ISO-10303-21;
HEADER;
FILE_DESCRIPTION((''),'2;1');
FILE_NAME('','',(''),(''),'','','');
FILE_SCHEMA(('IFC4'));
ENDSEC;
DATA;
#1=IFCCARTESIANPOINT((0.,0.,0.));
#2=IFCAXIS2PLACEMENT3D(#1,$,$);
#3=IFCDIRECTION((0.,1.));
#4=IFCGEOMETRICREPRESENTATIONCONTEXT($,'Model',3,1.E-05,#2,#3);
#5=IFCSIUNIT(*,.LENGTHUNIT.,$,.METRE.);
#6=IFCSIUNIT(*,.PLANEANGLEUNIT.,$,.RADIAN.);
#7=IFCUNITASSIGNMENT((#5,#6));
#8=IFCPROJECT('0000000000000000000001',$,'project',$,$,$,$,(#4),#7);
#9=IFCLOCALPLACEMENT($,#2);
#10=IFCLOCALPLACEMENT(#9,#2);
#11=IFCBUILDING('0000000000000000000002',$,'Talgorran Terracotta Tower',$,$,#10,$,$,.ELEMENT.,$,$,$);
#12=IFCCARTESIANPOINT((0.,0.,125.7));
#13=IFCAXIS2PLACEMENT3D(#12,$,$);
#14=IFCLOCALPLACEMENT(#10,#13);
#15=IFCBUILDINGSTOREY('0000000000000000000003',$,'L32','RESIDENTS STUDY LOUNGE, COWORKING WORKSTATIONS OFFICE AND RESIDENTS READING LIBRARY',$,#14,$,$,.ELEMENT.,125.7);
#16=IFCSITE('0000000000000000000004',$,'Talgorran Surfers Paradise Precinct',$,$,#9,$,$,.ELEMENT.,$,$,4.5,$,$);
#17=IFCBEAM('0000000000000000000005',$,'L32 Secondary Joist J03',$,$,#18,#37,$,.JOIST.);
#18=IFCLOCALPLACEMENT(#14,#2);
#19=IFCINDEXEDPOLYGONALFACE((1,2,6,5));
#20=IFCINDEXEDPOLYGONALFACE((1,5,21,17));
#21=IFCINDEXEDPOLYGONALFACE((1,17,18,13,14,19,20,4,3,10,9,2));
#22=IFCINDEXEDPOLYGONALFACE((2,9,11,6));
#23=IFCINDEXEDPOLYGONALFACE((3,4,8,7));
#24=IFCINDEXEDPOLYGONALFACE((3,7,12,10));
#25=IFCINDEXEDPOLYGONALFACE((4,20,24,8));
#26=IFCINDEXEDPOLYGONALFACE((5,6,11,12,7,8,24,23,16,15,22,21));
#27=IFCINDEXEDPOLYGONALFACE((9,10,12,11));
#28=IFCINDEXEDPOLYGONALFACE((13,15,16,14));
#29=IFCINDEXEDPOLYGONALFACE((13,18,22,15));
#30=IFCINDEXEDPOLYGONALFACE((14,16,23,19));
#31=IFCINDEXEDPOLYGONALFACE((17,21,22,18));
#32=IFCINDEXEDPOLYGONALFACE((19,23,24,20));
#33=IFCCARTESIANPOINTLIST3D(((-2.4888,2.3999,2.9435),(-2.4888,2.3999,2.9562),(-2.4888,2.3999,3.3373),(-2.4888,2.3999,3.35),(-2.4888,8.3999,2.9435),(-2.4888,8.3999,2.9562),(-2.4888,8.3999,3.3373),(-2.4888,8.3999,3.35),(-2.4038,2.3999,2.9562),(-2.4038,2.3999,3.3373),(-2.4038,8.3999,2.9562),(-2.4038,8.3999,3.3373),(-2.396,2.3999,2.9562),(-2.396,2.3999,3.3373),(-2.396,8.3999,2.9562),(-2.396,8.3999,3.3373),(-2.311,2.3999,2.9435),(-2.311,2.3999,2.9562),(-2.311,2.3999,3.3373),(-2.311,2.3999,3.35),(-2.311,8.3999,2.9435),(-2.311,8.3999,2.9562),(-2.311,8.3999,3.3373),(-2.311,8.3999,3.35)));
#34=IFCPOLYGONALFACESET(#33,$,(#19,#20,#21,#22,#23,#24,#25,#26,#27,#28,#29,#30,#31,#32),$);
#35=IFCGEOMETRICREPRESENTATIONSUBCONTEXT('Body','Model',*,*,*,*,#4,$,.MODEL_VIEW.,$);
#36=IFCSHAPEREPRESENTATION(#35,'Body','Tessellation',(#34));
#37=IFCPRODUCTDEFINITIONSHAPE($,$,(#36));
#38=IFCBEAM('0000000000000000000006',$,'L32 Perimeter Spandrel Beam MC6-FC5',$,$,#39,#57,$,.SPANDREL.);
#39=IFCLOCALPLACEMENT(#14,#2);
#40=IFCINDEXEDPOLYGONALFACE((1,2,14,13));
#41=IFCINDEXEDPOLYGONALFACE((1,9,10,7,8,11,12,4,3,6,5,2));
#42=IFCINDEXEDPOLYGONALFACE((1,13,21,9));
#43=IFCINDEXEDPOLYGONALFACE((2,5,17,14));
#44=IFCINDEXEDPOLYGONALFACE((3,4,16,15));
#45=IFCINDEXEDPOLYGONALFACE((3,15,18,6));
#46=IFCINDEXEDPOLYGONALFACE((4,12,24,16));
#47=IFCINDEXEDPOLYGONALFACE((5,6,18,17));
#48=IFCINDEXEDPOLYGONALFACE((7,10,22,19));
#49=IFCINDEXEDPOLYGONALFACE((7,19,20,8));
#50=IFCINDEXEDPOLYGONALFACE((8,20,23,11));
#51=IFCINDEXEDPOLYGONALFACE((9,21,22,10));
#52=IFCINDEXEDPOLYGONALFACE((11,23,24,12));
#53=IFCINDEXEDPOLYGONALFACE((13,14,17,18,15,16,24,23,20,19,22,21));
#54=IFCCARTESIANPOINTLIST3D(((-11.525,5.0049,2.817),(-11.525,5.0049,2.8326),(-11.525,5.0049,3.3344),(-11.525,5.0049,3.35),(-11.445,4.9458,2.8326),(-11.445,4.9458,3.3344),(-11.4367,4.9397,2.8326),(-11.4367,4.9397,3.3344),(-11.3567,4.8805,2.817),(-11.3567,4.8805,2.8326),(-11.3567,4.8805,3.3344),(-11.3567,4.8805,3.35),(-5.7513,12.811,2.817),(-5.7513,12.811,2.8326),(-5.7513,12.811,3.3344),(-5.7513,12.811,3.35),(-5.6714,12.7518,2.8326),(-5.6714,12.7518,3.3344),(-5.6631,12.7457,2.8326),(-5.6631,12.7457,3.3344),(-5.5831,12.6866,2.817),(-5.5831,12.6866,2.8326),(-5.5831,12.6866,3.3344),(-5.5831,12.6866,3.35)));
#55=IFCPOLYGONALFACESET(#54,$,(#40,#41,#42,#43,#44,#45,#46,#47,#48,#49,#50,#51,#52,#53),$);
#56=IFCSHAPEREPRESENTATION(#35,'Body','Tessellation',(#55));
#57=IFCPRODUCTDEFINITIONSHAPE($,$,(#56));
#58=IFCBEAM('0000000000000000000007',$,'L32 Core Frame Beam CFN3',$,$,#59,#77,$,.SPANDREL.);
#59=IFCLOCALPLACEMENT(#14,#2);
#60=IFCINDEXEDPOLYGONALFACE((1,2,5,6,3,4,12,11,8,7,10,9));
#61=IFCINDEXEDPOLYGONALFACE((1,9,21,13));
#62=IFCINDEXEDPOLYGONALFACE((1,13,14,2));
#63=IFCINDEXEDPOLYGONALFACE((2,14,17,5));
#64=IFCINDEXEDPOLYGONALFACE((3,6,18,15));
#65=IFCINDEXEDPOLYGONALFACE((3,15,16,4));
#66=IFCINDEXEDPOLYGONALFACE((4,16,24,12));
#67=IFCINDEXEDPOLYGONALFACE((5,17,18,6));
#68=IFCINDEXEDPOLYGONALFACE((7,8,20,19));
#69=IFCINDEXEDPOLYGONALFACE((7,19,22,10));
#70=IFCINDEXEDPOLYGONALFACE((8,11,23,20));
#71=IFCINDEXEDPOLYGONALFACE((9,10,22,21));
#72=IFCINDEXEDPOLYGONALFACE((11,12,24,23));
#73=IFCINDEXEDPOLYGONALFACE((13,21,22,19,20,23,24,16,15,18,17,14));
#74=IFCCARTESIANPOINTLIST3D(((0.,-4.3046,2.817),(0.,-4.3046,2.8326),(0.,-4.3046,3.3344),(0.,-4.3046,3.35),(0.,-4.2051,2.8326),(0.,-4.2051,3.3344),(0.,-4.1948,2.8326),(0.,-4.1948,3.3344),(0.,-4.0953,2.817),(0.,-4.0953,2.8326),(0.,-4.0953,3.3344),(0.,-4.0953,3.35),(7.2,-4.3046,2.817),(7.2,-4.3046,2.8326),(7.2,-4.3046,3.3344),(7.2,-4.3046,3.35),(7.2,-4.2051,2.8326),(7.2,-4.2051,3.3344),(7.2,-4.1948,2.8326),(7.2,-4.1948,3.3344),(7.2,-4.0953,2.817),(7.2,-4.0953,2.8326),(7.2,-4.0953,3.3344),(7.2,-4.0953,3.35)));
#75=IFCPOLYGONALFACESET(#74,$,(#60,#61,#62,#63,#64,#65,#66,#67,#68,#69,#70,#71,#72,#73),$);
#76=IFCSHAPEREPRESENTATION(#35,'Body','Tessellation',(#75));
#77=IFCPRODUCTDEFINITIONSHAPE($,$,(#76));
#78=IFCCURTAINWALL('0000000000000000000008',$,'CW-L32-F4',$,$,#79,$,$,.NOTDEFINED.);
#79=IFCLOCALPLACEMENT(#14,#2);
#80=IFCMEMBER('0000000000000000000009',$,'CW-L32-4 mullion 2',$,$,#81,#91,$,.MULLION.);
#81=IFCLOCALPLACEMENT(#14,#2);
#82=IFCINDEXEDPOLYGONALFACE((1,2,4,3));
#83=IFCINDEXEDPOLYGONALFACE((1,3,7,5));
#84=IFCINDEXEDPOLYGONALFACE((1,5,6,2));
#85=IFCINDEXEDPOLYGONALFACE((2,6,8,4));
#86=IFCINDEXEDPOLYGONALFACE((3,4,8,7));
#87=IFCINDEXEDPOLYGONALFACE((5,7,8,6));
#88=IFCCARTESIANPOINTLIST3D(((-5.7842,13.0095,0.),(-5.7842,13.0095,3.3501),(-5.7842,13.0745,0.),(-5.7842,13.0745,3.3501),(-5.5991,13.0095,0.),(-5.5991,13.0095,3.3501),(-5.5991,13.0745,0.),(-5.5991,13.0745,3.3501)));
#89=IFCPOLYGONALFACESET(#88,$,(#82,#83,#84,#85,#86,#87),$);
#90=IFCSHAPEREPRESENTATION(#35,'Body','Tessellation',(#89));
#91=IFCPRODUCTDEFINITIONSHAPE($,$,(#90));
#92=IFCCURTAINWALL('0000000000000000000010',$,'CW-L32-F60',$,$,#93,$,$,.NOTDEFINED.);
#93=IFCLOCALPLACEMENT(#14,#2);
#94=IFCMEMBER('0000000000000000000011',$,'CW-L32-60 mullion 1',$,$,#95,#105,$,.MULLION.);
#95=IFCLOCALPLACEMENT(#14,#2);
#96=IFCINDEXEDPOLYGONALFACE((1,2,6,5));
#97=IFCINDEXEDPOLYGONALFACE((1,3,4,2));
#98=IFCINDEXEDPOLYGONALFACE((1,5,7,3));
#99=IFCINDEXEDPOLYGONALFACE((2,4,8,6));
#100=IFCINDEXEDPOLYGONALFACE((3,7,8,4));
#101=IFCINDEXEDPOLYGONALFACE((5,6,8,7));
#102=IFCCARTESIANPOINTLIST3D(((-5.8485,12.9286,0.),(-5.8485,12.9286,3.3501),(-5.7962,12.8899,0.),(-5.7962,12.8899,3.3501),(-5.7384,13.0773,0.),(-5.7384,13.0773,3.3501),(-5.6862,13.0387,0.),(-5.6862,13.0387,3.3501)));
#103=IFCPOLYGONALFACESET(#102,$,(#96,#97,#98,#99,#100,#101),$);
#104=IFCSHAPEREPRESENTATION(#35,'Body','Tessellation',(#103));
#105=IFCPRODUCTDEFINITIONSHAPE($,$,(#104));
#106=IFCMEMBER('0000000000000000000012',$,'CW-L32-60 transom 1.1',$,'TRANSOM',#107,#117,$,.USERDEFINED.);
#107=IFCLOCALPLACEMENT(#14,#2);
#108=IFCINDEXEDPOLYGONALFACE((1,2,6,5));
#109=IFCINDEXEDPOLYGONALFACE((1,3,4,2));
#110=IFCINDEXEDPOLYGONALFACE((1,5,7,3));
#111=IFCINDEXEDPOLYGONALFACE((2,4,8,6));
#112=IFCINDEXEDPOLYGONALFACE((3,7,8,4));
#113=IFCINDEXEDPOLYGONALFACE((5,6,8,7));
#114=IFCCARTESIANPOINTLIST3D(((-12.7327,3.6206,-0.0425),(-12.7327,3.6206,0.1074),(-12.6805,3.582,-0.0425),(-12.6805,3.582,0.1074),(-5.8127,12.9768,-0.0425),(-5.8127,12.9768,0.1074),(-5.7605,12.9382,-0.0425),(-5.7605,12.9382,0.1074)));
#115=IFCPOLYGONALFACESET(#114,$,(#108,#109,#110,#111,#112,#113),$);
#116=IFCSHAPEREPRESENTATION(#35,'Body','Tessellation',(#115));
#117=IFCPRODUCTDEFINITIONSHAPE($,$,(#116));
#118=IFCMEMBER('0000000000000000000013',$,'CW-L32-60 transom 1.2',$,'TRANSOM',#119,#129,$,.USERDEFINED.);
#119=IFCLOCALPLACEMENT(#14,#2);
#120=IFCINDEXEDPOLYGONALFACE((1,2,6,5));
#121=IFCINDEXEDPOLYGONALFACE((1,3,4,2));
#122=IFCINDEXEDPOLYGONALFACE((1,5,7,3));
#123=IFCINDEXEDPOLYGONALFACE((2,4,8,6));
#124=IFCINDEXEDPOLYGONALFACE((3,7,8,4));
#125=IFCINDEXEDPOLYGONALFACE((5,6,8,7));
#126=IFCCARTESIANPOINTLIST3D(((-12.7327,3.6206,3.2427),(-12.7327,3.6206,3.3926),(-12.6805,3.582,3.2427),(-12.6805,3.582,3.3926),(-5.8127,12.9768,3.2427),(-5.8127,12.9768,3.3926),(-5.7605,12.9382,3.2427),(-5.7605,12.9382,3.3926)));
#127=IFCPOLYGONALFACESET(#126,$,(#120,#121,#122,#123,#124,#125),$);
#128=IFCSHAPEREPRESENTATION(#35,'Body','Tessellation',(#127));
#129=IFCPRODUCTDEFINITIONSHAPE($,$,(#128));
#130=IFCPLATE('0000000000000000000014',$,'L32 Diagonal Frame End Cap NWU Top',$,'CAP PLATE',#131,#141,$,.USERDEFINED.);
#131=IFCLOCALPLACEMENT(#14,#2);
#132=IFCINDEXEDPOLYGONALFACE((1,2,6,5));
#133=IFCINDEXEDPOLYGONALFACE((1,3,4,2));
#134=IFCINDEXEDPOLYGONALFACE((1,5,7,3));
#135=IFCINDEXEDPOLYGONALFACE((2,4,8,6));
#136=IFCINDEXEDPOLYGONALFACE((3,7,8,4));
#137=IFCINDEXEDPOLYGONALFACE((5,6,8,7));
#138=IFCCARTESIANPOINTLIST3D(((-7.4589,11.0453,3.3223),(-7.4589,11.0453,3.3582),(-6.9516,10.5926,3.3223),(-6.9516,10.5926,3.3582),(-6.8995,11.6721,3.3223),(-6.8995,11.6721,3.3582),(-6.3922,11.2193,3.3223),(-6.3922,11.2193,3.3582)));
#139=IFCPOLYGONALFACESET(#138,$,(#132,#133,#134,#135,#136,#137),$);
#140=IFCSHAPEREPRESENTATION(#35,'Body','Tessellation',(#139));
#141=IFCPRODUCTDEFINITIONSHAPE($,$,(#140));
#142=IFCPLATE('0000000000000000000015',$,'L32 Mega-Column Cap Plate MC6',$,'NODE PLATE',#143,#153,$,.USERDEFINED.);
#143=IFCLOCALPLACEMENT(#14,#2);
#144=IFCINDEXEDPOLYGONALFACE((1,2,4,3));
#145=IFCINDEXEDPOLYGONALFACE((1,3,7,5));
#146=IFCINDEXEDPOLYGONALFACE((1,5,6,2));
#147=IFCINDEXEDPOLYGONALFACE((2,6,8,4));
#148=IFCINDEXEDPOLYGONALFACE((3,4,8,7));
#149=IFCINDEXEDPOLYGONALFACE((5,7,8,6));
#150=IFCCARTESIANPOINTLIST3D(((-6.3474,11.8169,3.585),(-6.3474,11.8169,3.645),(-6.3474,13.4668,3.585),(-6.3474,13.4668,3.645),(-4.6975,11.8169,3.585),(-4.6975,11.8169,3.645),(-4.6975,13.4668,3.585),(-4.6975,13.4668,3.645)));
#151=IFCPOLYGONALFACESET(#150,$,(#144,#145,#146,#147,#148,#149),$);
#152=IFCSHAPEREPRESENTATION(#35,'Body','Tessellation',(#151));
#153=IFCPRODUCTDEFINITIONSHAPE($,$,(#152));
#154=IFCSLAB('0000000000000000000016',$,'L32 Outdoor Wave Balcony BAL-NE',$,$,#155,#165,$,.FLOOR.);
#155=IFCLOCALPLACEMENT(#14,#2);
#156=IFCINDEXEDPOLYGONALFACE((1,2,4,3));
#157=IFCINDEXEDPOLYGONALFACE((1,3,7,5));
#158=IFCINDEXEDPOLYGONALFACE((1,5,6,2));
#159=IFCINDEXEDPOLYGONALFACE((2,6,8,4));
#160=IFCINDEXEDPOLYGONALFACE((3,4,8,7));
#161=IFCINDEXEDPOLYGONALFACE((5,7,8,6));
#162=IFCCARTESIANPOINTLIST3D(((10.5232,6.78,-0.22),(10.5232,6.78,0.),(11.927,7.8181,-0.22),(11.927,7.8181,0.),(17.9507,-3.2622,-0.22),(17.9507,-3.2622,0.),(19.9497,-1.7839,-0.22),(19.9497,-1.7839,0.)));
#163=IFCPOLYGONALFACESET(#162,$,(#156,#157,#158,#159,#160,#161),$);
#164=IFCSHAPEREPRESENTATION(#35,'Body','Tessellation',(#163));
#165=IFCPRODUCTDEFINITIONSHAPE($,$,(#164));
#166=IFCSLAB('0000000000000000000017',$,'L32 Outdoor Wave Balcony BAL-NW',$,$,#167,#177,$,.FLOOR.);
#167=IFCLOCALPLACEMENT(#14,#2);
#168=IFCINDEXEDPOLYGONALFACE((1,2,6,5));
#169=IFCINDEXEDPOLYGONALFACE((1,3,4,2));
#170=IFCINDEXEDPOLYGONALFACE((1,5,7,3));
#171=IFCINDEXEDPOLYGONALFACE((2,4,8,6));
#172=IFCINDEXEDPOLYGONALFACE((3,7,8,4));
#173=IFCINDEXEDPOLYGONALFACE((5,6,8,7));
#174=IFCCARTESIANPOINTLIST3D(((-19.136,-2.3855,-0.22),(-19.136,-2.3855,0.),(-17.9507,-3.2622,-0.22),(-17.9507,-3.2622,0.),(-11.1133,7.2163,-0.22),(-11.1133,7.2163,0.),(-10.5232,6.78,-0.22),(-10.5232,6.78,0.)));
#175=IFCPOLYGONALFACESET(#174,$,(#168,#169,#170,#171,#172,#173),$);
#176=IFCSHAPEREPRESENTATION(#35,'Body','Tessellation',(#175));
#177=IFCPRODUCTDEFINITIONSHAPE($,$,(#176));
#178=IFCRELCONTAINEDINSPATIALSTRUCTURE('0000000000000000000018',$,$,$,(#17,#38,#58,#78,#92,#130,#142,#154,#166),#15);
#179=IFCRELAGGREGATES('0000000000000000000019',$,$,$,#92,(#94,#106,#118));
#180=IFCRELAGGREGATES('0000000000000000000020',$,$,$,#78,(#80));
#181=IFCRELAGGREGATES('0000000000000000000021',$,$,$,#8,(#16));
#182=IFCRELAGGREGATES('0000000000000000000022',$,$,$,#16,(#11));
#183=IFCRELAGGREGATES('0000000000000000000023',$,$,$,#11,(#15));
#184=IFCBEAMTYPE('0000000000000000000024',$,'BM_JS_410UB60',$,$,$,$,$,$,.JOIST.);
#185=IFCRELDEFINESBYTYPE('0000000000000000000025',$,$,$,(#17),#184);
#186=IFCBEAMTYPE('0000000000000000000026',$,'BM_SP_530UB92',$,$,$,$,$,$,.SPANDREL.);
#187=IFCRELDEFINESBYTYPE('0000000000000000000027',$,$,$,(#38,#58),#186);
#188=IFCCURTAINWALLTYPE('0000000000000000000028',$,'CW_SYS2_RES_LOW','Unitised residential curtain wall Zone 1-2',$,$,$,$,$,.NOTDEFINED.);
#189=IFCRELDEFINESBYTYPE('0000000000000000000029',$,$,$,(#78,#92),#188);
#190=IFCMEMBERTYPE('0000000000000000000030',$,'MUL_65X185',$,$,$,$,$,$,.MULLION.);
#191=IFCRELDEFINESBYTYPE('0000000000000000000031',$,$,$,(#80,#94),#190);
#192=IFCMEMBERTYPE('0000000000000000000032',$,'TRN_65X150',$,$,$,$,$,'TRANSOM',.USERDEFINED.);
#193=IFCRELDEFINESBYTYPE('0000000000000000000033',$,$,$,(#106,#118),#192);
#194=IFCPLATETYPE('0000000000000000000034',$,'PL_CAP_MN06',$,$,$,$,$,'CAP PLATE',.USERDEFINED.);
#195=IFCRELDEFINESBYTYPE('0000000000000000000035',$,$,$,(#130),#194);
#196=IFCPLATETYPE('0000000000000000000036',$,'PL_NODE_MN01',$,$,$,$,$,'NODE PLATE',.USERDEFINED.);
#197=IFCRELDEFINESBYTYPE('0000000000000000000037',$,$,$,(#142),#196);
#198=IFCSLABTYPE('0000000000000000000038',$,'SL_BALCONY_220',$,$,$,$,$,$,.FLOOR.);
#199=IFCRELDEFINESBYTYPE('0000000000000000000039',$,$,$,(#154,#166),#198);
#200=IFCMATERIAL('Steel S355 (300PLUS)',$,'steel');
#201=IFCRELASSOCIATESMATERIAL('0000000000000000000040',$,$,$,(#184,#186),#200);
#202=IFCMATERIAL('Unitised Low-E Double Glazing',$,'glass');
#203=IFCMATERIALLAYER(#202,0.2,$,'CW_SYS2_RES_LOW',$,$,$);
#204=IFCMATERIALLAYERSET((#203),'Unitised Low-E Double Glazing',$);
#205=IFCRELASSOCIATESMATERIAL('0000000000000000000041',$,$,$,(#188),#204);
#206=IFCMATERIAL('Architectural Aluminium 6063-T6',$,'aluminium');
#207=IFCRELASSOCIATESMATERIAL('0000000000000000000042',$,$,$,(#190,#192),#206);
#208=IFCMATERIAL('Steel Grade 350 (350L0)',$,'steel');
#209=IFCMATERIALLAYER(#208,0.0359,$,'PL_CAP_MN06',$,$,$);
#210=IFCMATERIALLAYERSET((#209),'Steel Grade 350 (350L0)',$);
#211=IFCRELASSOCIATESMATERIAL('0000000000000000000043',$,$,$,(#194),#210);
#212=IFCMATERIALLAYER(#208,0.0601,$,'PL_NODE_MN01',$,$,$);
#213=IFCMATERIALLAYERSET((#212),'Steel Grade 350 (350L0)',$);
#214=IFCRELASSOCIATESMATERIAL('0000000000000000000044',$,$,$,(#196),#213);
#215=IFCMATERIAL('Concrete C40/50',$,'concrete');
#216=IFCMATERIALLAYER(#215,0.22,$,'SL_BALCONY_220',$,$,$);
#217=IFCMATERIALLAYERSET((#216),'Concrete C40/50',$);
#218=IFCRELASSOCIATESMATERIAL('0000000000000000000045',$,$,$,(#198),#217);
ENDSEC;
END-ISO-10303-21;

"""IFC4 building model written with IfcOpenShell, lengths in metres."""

from ifc_helpers import new_model, si_unit, direction, frame, origin, origin_2d, place, context, subcontext, project, spatial, polyline, rectangle, i_section, outline, extrude, material, layer, layer_set, material_profile, profile_set, type_object, element, aggregate, save


model = new_model("IFC4")

# Units and contexts
model_context = context("Model", 3, precision=1e-05, world=origin(), true_north=direction((0.0, 1.0)))
body_context = subcontext(model_context, "Body", "Model", "MODEL_VIEW")
ifc_project = project(units=[si_unit("LENGTHUNIT", "METRE"), si_unit("PLANEANGLEUNIT", "RADIAN")], contexts=[model_context])

# Site, building, storey
site_placement = place(None, origin())
site = spatial("IfcSite", under=ifc_project, at=site_placement, Name="Talgorran Surfers Paradise Precinct", CompositionType="ELEMENT", RefElevation=4.5)
building_placement = place(site_placement, origin())
building = spatial("IfcBuilding", under=site, at=building_placement, Name="Talgorran Terracotta Tower", CompositionType="ELEMENT")
storey_placement = place(building_placement, frame((0.0, 0.0, 125.7)))
storey = spatial("IfcBuildingStorey", under=building, at=storey_placement, Name="L32", Description="RESIDENTS STUDY LOUNGE, COWORKING WORKSTATIONS OFFICE AND RESIDENTS READING LIBRARY", CompositionType="ELEMENT", Elevation=125.7)

# Shared definitions
ifc_material_1 = material(Name="Steel S355 (300PLUS)", Category="steel")
ifc_material_2 = material(Name="Steel Grade 350 (350L0)", Category="steel")

# Beams
ifc_material_profile_1 = material_profile(ifc_material_1, i_section(OverallWidth=0.1777, OverallDepth=0.4065, WebThickness=0.0078, FlangeThickness=0.0127, at=origin_2d()), Name="410UB59.7")
ifc_profile_set_1 = profile_set([ifc_material_profile_1], Name="Steel S355 (300PLUS)")
beam_type_1 = type_object("IfcBeamType", Name="BM_JS_410UB60", PredefinedType="JOIST", material=ifc_profile_set_1)
beam_1_placement = place(storey_placement, frame((-2.3999, 2.3999, 3.1467), z_axis=(0.0, 1.0, 0.0), x_axis=(-1.0, 0.0, 0.0)))
element("IfcBeam", 1, at=beam_1_placement, inside=storey, type_object=beam_type_1, Name="L32 Secondary Joist J03", PredefinedType="JOIST", context=body_context, shape_type="SweptSolid", body=[
    extrude(i_section(OverallWidth=0.1777, OverallDepth=0.4065, WebThickness=0.0078, FlangeThickness=0.0127, at=origin_2d()), origin(), (0.0, 0.0, 1.0), 6.0),
])
ifc_material_profile_2 = material_profile(ifc_material_1, i_section(OverallWidth=0.2092, OverallDepth=0.533, WebThickness=0.0103, FlangeThickness=0.0156, at=origin_2d()), Name="530UB92.4")
ifc_profile_set_2 = profile_set([ifc_material_profile_2], Name="Steel S355 (300PLUS)")
beam_type_2 = type_object("IfcBeamType", Name="BM_SP_530UB92", PredefinedType="SPANDREL", material=ifc_profile_set_2)
beam_2_placement = place(storey_placement, frame((-5.6672, 12.7488, 3.0835), z_axis=(-0.594652, -0.803983, 0.0), x_axis=(0.803983, -0.594652, 0.0)))
element("IfcBeam", 2, at=beam_2_placement, inside=storey, type_object=beam_type_2, Name="L32 Perimeter Spandrel Beam MC6-FC5", PredefinedType="SPANDREL", context=body_context, shape_type="SweptSolid", body=[
    extrude(i_section(OverallWidth=0.2092, OverallDepth=0.533, WebThickness=0.0103, FlangeThickness=0.0156, at=origin_2d()), origin(), (0.0, 0.0, 1.0), 9.7092),
])
beam_3_placement = place(storey_placement, frame((0.0, -4.2, 3.0835), z_axis=(1.0, 0.0, 0.0), x_axis=(0.0, 1.0, 0.0)))
element("IfcBeam", 3, at=beam_3_placement, inside=storey, type_object=beam_type_2, Name="L32 Core Frame Beam CFN3", PredefinedType="SPANDREL", context=body_context, shape_type="SweptSolid", body=[
    extrude(i_section(OverallWidth=0.2092, OverallDepth=0.533, WebThickness=0.0103, FlangeThickness=0.0156, at=origin_2d()), origin(), (0.0, 0.0, 1.0), 7.2),
])

# Curtain wall, member
ifc_material_3 = material(Name="Unitised Low-E Double Glazing", Category="glass")
ifc_layer_1 = layer(ifc_material_3, 0.2, Name="CW_SYS2_RES_LOW")
ifc_layer_set_1 = layer_set([ifc_layer_1], Name="Unitised Low-E Double Glazing")
curtain_wall_type = type_object("IfcCurtainWallType", Name="CW_SYS2_RES_LOW", Description="Unitised residential curtain wall Zone 1-2", PredefinedType="NOTDEFINED", material=ifc_layer_set_1)
curtain_wall_1_placement = place(storey_placement, origin())
curtain_wall_1 = element("IfcCurtainWall", 4, at=curtain_wall_1_placement, inside=storey, type_object=curtain_wall_type, Name="CW-L32-F4", PredefinedType="NOTDEFINED")
ifc_material_4 = material(Name="Architectural Aluminium 6063-T6", Category="aluminium")
ifc_material_profile_3 = material_profile(ifc_material_4, rectangle(XDim=0.0649, YDim=0.1851, at=origin_2d()), Name="CWM65X185")
ifc_profile_set_3 = profile_set([ifc_material_profile_3], Name="Architectural Aluminium 6063-T6")
member_type_1 = type_object("IfcMemberType", Name="MUL_65X185", PredefinedType="MULLION", material=ifc_profile_set_3)
member_1_placement = place(storey_placement, frame((-5.6917, 13.042, 0.0), z_axis=(0.0, 0.0, 1.0), x_axis=(0.0, -1.0, 0.0)))
member_1 = element("IfcMember", 5, at=member_1_placement, type_object=member_type_1, Name="CW-L32-4 mullion 2", PredefinedType="MULLION", context=body_context, shape_type="SweptSolid", body=[
    extrude(rectangle(XDim=0.0649, YDim=0.1851, at=origin_2d()), origin(), (0.0, 0.0, 1.0), 3.3501),
])

# Curtain wall, members
curtain_wall_2_placement = place(storey_placement, origin())
curtain_wall_2 = element("IfcCurtainWall", 6, at=curtain_wall_2_placement, inside=storey, type_object=curtain_wall_type, Name="CW-L32-F60", PredefinedType="NOTDEFINED")
member_2_placement = place(storey_placement, frame((-5.7673, 12.9836, 0.0), z_axis=(0.0, 0.0, 1.0), x_axis=(0.803994, -0.594637, 0.0)))
member_2 = element("IfcMember", 7, at=member_2_placement, type_object=member_type_1, Name="CW-L32-60 mullion 1", PredefinedType="MULLION", context=body_context, shape_type="SweptSolid", body=[
    extrude(rectangle(XDim=0.0649, YDim=0.1851, at=origin_2d()), origin(), (0.0, 0.0, 1.0), 3.3501),
])
ifc_material_profile_4 = material_profile(ifc_material_4, rectangle(XDim=0.0649, YDim=0.1499, at=origin_2d()), Name="CWT65X150")
ifc_profile_set_4 = profile_set([ifc_material_profile_4], Name="Architectural Aluminium 6063-T6")
member_type_2 = type_object("IfcMemberType", Name="TRN_65X150", ElementType="TRANSOM", PredefinedType="USERDEFINED", material=ifc_profile_set_4)
member_3_placement = place(storey_placement, frame((-5.7866, 12.9575, 0.0325), z_axis=(-0.594639, -0.803993, 0.0), x_axis=(0.803993, -0.594639, 0.0)))
member_3 = element("IfcMember", 8, at=member_3_placement, type_object=member_type_2, Name="CW-L32-60 transom 1.1", ObjectType="TRANSOM", PredefinedType="USERDEFINED", context=body_context, shape_type="SweptSolid", body=[
    extrude(rectangle(XDim=0.0649, YDim=0.1499, at=origin_2d()), origin(), (0.0, 0.0, 1.0), 11.6372),
])
member_4_placement = place(storey_placement, frame((-5.7866, 12.9575, 3.3176), z_axis=(-0.594639, -0.803993, 0.0), x_axis=(0.803993, -0.594639, 0.0)))
member_4 = element("IfcMember", 9, at=member_4_placement, type_object=member_type_2, Name="CW-L32-60 transom 1.2", ObjectType="TRANSOM", PredefinedType="USERDEFINED", context=body_context, shape_type="SweptSolid", body=[
    extrude(rectangle(XDim=0.0649, YDim=0.1499, at=origin_2d()), origin(), (0.0, 0.0, 1.0), 11.6372),
])
aggregate(curtain_wall_2, [member_2, member_3, member_4])

# Plates
ifc_layer_2 = layer(ifc_material_2, 0.0359, Name="PL_CAP_MN06")
ifc_layer_set_2 = layer_set([ifc_layer_2], Name="Steel Grade 350 (350L0)")
plate_type_1 = type_object("IfcPlateType", Name="PL_CAP_MN06", ElementType="CAP PLATE", PredefinedType="USERDEFINED", material=ifc_layer_set_2)
plate_1_placement = place(storey_placement, frame((-6.9255, 11.1323, 3.3223), z_axis=(0.0, 0.0, 1.0), x_axis=(0.665882, 0.746057, 0.0)))
element("IfcPlate", 10, at=plate_1_placement, inside=storey, type_object=plate_type_1, Name="L32 Diagonal Frame End Cap NWU Top", ObjectType="CAP PLATE", PredefinedType="USERDEFINED", context=body_context, shape_type="SweptSolid", body=[
    extrude(rectangle(XDim=0.8401, YDim=0.6799, at=origin_2d()), origin(), (0.0, 0.0, 1.0), 0.0359),
])
ifc_layer_3 = layer(ifc_material_2, 0.0601, Name="PL_NODE_MN01")
ifc_layer_set_3 = layer_set([ifc_layer_3], Name="Steel Grade 350 (350L0)")
plate_type_2 = type_object("IfcPlateType", Name="PL_NODE_MN01", ElementType="NODE PLATE", PredefinedType="USERDEFINED", material=ifc_layer_set_3)
plate_2_placement = place(storey_placement, frame((-5.5225, 12.6418, 3.585), z_axis=(0.0, 0.0, 1.0), x_axis=(1.0, 0.0, 0.0)))
element("IfcPlate", 11, at=plate_2_placement, inside=storey, type_object=plate_type_2, Name="L32 Mega-Column Cap Plate MC6", ObjectType="NODE PLATE", PredefinedType="USERDEFINED", context=body_context, shape_type="SweptSolid", body=[
    extrude(rectangle(XDim=1.6499, YDim=1.6499, at=origin_2d()), origin(), (0.0, 0.0, 1.0), 0.0601),
])

# Slabs
ifc_material_5 = material(Name="Concrete C40/50", Category="concrete")
ifc_layer_4 = layer(ifc_material_5, 0.22, Name="SL_BALCONY_220")
ifc_layer_set_4 = layer_set([ifc_layer_4], Name="Concrete C40/50")
slab_type_1 = type_object("IfcSlabType", Name="SL_BALCONY_220", PredefinedType="FLOOR", material=ifc_layer_set_4)
slab_1_placement = place(storey_placement, frame((0.0, 0.0, -0.22)))
element("IfcSlab", 12, at=slab_1_placement, inside=storey, type_object=slab_type_1, Name="L32 Outdoor Wave Balcony BAL-NE", PredefinedType="FLOOR", context=body_context, shape_type="SweptSolid", body=[
    extrude(outline(polyline([(10.5232, 6.78), (17.9507, -3.2622), (19.9497, -1.7839), (11.927, 7.8181), (10.5232, 6.78)])), origin(), (0.0, 0.0, 1.0), 0.22),
])
slab_2_placement = place(storey_placement, frame((0.0, 0.0, -0.22)))
element("IfcSlab", 13, at=slab_2_placement, inside=storey, type_object=slab_type_1, Name="L32 Outdoor Wave Balcony BAL-NW", PredefinedType="FLOOR", context=body_context, shape_type="SweptSolid", body=[
    extrude(outline(polyline([(-17.9507, -3.2622), (-10.5232, 6.78), (-11.1133, 7.2163), (-19.136, -2.3855), (-17.9507, -3.2622)])), origin(), (0.0, 0.0, 1.0), 0.22),
])

aggregate(curtain_wall_1, [member_1])

save(model, "model.ifc")
